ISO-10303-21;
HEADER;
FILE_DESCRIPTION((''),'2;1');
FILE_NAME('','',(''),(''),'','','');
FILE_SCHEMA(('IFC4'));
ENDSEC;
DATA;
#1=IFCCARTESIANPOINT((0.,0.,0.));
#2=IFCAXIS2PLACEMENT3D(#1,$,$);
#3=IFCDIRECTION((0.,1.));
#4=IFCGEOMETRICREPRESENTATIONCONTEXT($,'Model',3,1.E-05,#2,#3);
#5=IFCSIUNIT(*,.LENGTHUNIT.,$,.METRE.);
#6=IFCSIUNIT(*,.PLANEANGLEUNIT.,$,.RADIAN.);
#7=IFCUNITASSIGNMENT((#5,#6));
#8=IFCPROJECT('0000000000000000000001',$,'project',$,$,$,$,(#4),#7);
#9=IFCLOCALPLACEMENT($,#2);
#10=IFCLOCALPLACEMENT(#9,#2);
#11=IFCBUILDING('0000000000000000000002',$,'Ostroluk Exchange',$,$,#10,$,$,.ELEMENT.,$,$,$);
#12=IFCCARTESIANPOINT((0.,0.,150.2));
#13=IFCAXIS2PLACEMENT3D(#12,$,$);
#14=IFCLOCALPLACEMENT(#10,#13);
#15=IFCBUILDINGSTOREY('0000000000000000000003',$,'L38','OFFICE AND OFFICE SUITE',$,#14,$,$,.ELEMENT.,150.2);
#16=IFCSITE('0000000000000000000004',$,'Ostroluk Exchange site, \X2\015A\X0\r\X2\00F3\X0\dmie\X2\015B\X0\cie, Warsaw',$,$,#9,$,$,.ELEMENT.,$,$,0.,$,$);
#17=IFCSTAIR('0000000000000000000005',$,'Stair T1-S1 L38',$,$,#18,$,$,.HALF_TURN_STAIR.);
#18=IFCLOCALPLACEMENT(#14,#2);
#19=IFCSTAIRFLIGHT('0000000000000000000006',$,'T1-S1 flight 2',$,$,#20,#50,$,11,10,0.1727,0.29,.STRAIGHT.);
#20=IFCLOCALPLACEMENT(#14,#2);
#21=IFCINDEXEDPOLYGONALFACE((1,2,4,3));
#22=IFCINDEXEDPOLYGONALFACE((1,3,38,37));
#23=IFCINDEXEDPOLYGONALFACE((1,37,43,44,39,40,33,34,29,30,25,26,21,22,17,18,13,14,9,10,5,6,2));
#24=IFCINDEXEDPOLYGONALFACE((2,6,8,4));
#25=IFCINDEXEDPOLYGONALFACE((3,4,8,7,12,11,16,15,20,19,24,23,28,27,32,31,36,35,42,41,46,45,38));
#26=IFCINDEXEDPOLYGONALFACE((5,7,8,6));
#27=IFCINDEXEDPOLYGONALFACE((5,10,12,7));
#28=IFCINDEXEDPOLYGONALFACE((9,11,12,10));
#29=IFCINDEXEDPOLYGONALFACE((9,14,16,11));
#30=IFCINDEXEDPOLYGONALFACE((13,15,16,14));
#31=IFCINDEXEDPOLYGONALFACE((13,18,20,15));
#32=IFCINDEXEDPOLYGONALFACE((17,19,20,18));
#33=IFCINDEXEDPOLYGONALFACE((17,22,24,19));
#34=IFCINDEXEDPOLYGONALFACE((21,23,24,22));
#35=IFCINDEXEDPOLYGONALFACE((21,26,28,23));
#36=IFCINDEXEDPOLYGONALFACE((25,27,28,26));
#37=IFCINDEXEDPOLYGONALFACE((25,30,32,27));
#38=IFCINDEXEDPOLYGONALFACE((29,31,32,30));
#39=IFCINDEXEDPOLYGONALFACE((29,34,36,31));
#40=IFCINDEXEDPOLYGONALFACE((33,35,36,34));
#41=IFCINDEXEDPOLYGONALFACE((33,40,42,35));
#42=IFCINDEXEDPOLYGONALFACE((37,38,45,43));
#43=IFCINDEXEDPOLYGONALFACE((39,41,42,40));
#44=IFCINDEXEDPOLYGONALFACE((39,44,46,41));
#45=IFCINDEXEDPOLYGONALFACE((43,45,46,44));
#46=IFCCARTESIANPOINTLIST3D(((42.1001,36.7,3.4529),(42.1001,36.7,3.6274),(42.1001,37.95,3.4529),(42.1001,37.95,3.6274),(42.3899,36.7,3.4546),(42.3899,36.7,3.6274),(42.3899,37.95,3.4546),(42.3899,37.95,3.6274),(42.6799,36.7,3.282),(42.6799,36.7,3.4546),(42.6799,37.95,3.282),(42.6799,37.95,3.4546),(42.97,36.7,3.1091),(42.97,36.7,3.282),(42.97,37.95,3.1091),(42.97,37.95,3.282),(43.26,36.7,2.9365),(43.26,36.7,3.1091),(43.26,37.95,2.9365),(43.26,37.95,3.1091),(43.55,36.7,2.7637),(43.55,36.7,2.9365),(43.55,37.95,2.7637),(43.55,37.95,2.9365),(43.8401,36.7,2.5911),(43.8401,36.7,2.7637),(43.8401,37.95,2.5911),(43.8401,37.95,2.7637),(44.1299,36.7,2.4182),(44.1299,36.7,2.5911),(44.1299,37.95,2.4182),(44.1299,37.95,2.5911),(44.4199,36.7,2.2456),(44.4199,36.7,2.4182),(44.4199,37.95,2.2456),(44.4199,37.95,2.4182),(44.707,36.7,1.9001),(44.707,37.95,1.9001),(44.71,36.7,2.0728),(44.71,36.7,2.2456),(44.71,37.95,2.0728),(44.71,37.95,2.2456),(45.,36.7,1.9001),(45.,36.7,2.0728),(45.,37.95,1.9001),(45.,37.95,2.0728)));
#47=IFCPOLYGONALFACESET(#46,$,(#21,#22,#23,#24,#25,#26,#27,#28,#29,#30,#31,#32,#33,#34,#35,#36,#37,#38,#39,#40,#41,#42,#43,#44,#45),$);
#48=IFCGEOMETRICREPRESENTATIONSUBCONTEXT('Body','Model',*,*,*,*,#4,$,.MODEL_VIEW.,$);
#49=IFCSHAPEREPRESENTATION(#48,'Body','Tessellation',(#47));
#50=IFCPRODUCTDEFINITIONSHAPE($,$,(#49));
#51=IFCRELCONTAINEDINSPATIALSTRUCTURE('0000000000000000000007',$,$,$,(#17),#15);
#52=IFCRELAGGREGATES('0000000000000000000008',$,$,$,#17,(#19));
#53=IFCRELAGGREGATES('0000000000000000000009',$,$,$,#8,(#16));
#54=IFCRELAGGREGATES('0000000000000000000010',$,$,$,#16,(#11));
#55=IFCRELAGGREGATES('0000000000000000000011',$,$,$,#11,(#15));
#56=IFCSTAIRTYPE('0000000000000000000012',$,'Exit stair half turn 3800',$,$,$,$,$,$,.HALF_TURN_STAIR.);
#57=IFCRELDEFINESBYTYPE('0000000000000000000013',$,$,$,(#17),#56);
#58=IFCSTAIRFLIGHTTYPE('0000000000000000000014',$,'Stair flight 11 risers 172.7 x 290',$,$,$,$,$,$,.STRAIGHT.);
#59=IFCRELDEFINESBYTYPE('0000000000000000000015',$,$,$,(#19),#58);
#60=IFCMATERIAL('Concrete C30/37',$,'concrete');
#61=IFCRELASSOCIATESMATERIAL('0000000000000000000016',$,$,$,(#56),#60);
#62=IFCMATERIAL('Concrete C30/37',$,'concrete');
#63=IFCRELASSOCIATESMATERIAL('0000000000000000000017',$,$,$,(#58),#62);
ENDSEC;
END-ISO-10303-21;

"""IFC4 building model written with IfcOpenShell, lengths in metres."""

from ifc_helpers import new_model, si_unit, direction, frame, origin, place, context, subcontext, project, spatial, polyline, outline, extrude, material, type_object, element, aggregate, save


model = new_model("IFC4")

# Units and contexts
model_context = context("Model", 3, precision=1e-05, world=origin(), true_north=direction((0.0, 1.0)))
body_context = subcontext(model_context, "Body", "Model", "MODEL_VIEW")
ifc_project = project(units=[si_unit("LENGTHUNIT", "METRE"), si_unit("PLANEANGLEUNIT", "RADIAN")], contexts=[model_context])

# Site, building, storey
site_placement = place(None, origin())
site = spatial("IfcSite", under=ifc_project, at=site_placement, Name="Ostroluk Exchange site, Śródmieście, Warsaw", CompositionType="ELEMENT", RefElevation=0.0)
building_placement = place(site_placement, origin())
building = spatial("IfcBuilding", under=site, at=building_placement, Name="Ostroluk Exchange", CompositionType="ELEMENT")
storey_placement = place(building_placement, frame((0.0, 0.0, 150.2)))
storey = spatial("IfcBuildingStorey", under=building, at=storey_placement, Name="L38", Description="OFFICE AND OFFICE SUITE", CompositionType="ELEMENT", Elevation=150.2)

# Stair, stair flight
ifc_material_1 = material(Name="Concrete C30/37", Category="concrete")
stair_type = type_object("IfcStairType", Name="Exit stair half turn 3800", PredefinedType="HALF_TURN_STAIR", material=ifc_material_1)
stair_placement = place(storey_placement, origin())
stair = element("IfcStair", 1, at=stair_placement, inside=storey, type_object=stair_type, Name="Stair T1-S1 L38", PredefinedType="HALF_TURN_STAIR")
ifc_material_2 = material(Name="Concrete C30/37", Category="concrete")
stair_flight_type = type_object("IfcStairFlightType", Name="Stair flight 11 risers 172.7 x 290", PredefinedType="STRAIGHT", material=ifc_material_2)
stair_flight_1_placement = place(storey_placement, frame((45.0, 37.325, 1.9001), z_axis=(0.0, 0.0, 1.0), x_axis=(-1.0, 0.0, 0.0)))
stair_flight_1 = element("IfcStairFlight", 2, at=stair_flight_1_placement, type_object=stair_flight_type, Name="T1-S1 flight 2", NumberOfRisers=11, NumberOfTreads=10, PredefinedType="STRAIGHT", RiserHeight=0.1727, TreadLength=0.29, context=body_context, shape_type="SweptSolid", body=[
    extrude(outline(polyline([(0.0, 0.0), (0.0, 0.1726), (0.29, 0.1726), (0.29, 0.3455), (0.5801, 0.3455), (0.5801, 0.5181), (0.8701, 0.5181), (0.8701, 0.6909), (1.1599, 0.6909), (1.1599, 0.8635), (1.45, 0.8635), (1.45, 1.0364), (1.74, 1.0364), (1.74, 1.209), (2.03, 1.209), (2.03, 1.3818), (2.3201, 1.3818), (2.3201, 1.5544), (2.6101, 1.5544), (2.6101, 1.7273), (2.8999, 1.7273), (2.8999, 1.8999), (2.8999, 1.5527), (0.293, 0.0), (0.0, 0.0)])), frame((0.0, 0.625, 0.0), z_axis=(0.0, -1.0, 0.0), x_axis=(1.0, 0.0, 0.0)), (0.0, 0.0, 1.0), 1.25),
])
aggregate(stair, [stair_flight_1])

save(model, "model.ifc")
